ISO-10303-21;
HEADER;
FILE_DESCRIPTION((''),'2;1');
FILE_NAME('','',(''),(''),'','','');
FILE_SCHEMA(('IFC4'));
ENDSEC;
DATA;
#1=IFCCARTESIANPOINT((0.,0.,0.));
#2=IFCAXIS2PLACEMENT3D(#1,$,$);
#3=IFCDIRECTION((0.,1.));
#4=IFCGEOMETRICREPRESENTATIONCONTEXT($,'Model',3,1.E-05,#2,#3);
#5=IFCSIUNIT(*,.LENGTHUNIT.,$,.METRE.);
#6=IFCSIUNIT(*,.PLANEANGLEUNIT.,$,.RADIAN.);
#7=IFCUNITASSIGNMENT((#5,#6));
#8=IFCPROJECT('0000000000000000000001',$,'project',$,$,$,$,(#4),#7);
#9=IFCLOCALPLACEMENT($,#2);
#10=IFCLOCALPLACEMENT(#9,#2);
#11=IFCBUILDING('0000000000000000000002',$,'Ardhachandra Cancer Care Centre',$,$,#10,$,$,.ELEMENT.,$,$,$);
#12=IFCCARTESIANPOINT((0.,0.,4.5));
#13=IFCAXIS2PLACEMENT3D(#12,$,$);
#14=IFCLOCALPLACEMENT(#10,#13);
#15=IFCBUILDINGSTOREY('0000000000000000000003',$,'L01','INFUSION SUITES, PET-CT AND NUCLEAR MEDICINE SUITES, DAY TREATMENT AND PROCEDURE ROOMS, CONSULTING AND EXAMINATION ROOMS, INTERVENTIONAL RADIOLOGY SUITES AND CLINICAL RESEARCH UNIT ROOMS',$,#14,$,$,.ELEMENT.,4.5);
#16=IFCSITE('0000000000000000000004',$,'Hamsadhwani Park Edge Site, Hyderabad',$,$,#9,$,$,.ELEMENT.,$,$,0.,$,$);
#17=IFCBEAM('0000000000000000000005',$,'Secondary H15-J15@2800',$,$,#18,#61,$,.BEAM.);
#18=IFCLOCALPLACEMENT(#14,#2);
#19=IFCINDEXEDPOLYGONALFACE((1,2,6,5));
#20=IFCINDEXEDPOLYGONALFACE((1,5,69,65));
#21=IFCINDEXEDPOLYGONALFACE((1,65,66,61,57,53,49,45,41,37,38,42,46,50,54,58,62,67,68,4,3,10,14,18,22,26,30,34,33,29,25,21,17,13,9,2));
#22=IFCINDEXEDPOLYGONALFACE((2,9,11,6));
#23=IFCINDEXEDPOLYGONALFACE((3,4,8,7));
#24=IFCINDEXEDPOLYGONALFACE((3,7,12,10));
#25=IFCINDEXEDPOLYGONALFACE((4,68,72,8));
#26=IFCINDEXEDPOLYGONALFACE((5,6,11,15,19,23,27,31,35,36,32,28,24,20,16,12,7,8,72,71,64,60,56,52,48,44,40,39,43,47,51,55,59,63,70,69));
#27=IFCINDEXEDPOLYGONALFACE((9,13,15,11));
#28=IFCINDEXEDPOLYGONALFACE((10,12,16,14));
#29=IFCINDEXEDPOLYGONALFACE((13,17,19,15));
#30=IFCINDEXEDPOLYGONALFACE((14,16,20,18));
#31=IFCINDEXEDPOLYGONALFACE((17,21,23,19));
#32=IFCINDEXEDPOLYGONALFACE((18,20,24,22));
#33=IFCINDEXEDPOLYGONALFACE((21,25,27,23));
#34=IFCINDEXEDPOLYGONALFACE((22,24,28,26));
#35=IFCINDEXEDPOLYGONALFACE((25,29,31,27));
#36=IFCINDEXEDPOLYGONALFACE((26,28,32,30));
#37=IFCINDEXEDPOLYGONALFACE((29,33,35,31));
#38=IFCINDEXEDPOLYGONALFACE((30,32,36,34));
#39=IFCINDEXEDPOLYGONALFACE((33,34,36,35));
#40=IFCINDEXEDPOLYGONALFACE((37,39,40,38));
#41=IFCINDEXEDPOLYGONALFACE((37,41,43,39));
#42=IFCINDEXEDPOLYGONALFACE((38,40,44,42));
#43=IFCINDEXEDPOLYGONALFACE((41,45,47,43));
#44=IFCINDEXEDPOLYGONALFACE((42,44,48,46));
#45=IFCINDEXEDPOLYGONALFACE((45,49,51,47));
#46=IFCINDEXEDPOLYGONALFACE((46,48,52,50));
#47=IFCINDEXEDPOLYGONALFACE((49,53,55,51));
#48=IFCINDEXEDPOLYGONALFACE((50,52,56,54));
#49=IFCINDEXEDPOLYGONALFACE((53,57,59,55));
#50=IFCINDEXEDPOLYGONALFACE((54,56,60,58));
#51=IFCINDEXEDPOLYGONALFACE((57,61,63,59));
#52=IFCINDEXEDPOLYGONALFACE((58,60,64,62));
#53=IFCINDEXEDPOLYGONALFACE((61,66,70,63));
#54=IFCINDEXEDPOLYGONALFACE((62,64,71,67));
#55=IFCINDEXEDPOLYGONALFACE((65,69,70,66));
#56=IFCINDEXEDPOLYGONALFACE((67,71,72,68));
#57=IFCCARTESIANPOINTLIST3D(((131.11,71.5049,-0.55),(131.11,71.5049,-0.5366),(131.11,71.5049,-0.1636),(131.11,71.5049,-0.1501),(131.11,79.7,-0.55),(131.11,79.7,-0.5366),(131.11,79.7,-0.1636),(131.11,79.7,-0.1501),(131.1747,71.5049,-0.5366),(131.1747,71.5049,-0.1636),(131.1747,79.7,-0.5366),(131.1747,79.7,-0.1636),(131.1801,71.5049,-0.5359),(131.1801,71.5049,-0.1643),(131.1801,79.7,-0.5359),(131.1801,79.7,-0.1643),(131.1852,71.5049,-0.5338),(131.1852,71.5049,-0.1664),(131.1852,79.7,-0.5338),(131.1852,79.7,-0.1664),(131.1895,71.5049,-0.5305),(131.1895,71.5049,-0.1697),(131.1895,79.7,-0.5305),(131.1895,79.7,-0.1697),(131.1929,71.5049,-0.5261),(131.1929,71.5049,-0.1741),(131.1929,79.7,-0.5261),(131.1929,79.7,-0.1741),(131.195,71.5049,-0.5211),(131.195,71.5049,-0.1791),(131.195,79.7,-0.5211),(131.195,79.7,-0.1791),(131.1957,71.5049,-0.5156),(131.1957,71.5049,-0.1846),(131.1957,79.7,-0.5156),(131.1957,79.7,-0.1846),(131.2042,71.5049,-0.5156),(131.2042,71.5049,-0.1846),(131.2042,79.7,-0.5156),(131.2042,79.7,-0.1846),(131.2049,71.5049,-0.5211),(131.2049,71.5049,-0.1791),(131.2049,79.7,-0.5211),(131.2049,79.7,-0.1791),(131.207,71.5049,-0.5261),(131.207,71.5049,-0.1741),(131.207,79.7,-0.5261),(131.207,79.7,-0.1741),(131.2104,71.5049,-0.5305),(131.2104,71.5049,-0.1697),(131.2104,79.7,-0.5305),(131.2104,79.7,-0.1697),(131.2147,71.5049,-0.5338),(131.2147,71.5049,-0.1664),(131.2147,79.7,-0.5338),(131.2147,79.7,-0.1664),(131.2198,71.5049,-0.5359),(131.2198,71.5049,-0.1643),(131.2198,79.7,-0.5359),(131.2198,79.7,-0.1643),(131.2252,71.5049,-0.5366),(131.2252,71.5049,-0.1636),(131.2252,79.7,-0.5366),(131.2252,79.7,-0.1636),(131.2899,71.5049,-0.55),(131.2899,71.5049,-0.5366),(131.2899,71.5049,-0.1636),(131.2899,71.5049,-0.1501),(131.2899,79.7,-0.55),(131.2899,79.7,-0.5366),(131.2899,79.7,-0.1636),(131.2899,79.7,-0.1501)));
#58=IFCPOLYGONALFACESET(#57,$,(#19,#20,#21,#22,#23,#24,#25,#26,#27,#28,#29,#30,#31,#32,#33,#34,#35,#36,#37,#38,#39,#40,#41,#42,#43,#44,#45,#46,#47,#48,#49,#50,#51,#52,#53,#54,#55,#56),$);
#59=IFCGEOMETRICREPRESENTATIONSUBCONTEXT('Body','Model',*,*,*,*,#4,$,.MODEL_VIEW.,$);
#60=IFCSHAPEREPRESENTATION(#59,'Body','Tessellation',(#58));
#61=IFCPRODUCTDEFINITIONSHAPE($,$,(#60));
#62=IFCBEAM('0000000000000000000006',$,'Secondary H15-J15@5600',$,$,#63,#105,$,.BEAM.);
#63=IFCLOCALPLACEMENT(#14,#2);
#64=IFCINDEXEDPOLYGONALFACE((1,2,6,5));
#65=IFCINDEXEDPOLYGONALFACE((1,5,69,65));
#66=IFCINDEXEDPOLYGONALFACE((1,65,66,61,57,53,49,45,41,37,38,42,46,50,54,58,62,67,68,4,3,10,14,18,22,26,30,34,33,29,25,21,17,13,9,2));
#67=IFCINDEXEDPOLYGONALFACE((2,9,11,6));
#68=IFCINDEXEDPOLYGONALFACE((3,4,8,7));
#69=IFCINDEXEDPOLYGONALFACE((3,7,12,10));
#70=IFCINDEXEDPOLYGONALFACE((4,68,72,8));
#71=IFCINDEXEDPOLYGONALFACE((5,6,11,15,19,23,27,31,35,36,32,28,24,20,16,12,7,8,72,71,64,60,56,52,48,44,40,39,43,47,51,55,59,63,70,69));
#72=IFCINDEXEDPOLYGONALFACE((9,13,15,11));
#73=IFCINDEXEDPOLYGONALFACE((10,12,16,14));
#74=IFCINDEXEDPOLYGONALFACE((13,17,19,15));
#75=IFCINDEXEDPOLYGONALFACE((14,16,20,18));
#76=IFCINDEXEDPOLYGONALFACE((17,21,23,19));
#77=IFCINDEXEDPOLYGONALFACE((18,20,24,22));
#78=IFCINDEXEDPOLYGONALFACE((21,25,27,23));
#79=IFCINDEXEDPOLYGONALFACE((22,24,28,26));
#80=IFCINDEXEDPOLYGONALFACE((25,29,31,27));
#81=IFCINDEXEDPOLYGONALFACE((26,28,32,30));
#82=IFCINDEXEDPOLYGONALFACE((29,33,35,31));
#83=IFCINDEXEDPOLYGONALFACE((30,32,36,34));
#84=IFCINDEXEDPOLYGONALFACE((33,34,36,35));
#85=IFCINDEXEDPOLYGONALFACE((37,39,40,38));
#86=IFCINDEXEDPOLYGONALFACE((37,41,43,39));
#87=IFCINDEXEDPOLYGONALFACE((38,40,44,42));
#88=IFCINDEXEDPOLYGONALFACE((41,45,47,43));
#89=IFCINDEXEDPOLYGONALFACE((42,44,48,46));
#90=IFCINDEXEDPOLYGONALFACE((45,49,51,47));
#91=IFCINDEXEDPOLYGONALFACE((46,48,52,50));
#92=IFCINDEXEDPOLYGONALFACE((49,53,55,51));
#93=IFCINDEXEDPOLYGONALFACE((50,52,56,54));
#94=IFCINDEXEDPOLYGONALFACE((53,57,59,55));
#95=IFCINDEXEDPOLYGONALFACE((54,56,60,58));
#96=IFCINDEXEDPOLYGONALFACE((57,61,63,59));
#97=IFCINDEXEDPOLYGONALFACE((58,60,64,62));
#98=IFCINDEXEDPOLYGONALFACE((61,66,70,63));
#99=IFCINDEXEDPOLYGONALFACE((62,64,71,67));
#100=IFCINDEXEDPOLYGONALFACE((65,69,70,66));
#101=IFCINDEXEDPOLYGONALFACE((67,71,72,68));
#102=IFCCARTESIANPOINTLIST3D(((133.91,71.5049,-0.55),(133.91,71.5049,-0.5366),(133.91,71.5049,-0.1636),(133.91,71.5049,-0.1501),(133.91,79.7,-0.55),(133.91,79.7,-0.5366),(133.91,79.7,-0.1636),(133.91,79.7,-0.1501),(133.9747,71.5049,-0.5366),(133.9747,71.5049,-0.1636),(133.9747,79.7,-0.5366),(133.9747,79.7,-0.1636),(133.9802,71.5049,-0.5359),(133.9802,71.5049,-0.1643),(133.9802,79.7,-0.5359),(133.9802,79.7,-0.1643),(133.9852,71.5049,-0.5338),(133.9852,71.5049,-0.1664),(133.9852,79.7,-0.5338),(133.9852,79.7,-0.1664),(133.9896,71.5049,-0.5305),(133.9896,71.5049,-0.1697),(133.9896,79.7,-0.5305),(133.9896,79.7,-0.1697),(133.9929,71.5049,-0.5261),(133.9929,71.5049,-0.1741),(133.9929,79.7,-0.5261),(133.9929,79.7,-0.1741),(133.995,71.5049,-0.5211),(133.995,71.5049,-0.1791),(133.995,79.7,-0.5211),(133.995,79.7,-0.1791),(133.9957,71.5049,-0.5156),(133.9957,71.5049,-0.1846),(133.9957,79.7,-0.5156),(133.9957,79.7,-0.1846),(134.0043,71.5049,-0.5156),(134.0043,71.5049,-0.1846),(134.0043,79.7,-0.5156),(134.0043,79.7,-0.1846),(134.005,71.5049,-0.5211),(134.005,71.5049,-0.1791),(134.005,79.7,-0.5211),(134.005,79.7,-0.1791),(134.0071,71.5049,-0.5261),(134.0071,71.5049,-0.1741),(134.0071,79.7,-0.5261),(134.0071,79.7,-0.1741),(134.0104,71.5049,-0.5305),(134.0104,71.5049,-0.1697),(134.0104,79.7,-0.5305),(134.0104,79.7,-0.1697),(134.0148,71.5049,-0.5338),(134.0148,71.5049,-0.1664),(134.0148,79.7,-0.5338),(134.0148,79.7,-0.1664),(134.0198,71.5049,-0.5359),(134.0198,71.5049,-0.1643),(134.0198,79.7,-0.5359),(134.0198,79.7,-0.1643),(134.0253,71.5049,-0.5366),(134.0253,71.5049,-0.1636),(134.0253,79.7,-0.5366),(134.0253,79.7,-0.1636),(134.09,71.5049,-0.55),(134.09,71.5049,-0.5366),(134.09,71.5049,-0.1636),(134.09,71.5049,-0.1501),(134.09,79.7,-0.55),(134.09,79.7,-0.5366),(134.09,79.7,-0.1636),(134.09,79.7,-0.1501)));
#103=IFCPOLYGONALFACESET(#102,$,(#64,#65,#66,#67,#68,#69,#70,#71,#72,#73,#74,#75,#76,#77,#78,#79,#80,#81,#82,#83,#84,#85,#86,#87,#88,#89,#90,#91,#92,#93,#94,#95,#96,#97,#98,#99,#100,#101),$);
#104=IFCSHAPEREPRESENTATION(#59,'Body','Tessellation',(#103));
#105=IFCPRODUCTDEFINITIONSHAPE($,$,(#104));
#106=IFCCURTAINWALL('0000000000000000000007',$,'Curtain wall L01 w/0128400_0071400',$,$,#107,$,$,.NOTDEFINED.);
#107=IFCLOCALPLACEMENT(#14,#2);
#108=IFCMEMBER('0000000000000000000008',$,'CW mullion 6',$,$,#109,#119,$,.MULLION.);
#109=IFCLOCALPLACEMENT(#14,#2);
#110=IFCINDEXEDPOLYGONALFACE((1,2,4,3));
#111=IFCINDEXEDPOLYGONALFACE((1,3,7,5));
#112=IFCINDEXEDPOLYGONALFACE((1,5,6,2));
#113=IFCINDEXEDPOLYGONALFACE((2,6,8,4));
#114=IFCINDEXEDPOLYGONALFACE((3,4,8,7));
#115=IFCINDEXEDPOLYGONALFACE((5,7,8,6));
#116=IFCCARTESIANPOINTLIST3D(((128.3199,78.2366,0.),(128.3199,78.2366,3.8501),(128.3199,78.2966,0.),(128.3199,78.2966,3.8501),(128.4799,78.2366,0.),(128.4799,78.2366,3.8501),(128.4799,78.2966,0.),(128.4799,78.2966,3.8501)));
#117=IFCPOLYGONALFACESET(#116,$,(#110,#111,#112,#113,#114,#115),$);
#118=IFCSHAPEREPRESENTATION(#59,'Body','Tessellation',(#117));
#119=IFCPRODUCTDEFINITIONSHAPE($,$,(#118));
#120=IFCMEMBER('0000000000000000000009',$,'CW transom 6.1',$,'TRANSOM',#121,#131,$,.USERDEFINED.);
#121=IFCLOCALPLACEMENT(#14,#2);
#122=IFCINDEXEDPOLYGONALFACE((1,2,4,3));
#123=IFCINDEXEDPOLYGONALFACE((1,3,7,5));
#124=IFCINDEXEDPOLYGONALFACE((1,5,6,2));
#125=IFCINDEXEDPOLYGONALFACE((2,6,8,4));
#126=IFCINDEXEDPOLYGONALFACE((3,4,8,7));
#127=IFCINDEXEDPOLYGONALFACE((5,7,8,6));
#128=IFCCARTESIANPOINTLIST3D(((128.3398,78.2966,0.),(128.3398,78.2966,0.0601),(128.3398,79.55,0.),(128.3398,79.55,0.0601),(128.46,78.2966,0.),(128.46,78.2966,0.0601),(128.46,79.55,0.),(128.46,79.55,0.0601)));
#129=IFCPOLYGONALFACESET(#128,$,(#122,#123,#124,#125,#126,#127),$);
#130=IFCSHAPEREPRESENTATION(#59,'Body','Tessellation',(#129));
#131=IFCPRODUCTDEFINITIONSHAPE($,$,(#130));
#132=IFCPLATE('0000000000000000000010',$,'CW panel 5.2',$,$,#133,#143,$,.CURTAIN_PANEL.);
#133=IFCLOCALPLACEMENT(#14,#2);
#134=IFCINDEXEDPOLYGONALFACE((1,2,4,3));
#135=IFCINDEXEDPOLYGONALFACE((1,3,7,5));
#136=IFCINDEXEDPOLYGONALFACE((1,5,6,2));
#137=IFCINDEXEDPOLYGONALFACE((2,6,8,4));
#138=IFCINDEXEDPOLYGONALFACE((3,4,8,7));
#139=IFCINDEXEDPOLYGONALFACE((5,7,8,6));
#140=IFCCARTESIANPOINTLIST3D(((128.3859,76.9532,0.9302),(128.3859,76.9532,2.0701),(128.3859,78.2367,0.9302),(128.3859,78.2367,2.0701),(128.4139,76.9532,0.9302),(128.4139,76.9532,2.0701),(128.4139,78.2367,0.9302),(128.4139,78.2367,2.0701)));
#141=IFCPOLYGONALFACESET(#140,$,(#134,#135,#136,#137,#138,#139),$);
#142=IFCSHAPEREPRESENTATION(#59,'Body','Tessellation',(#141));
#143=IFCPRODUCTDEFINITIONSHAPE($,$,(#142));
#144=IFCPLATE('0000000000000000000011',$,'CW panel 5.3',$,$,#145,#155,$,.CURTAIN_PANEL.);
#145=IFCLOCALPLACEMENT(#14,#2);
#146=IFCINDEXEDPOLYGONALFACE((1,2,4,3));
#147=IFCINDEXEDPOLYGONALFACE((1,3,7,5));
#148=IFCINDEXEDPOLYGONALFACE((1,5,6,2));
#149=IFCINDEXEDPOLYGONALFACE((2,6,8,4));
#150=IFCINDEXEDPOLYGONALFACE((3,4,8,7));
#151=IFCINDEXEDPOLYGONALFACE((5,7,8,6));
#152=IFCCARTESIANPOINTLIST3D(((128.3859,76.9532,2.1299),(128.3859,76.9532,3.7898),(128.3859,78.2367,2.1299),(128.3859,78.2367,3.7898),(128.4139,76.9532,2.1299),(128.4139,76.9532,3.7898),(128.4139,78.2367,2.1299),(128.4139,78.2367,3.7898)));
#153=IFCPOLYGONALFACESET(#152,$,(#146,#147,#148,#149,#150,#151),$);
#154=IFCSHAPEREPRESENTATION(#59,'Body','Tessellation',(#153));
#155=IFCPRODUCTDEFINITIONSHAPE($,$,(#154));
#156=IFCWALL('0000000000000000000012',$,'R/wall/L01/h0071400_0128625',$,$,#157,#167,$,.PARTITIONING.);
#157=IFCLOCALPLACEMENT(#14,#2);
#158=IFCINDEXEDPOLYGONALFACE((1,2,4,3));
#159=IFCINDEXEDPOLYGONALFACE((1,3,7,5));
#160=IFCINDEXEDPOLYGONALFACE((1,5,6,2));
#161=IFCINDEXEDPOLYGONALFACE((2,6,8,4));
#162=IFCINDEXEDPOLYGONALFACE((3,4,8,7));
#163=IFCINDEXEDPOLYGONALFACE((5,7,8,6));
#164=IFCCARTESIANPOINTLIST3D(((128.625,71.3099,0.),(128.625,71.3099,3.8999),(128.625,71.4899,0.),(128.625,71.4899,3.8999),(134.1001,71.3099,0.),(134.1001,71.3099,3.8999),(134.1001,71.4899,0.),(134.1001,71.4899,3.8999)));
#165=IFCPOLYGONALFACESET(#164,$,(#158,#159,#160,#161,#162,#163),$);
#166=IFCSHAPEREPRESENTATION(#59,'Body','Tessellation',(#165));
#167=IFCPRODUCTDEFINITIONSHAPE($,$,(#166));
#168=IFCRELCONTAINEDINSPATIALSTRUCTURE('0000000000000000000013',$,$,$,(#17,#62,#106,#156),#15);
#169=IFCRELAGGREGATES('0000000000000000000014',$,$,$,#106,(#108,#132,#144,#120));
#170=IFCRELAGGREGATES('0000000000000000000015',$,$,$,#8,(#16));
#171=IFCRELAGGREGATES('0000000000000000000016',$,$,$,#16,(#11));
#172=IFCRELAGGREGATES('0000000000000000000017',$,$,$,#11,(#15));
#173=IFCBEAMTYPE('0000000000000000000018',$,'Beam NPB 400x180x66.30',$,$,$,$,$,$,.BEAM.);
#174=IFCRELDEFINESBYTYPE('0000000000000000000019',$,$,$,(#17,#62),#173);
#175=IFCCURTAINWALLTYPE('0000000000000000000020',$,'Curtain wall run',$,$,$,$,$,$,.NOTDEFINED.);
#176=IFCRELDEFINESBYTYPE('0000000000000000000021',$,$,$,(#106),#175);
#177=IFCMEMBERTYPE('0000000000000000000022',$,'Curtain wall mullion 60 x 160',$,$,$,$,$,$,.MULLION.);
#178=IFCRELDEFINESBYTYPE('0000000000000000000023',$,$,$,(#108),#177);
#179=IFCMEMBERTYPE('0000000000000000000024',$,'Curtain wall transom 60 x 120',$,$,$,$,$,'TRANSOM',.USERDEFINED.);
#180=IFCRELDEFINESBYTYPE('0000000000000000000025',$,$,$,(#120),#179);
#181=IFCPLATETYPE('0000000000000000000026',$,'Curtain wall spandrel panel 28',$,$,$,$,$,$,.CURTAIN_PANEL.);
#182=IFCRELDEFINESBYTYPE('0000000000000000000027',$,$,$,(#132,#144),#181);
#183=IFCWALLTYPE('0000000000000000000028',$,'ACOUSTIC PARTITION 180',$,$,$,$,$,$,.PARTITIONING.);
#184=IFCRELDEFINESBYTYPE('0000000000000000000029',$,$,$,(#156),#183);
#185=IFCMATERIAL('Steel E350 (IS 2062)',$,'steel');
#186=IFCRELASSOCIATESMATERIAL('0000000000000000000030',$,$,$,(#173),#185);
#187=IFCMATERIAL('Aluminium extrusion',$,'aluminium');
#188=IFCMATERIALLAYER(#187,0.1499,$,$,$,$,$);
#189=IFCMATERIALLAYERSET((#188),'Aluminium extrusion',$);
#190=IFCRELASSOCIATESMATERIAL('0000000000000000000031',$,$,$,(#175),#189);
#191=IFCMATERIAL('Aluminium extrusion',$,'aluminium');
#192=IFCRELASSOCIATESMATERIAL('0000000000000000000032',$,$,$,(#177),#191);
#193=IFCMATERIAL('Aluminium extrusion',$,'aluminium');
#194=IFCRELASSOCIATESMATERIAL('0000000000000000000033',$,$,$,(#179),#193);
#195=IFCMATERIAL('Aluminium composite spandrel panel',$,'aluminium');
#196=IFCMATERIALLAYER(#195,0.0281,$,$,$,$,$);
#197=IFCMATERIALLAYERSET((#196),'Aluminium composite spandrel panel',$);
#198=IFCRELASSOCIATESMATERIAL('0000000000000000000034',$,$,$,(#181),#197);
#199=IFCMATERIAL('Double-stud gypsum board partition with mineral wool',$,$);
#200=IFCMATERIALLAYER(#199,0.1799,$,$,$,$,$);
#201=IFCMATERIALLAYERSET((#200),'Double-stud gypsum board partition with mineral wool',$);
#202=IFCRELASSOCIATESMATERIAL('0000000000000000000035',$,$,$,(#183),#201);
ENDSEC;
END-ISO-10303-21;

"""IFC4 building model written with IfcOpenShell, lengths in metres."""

from ifc_helpers import new_model, si_unit, direction, frame, frame_2d, origin, origin_2d, place, context, subcontext, project, spatial, rectangle, i_section, extrude, material, layer, layer_set, material_profile, profile_set, type_object, element, aggregate, save


model = new_model("IFC4")

# Units and contexts
model_context = context("Model", 3, precision=1e-05, world=origin(), true_north=direction((0.0, 1.0)))
body_context = subcontext(model_context, "Body", "Model", "MODEL_VIEW")
ifc_project = project(units=[si_unit("LENGTHUNIT", "METRE"), si_unit("PLANEANGLEUNIT", "RADIAN")], contexts=[model_context])

# Site, building, storey
site_placement = place(None, origin())
site = spatial("IfcSite", under=ifc_project, at=site_placement, Name="Hamsadhwani Park Edge Site, Hyderabad", CompositionType="ELEMENT", RefElevation=0.0)
building_placement = place(site_placement, origin())
building = spatial("IfcBuilding", under=site, at=building_placement, Name="Ardhachandra Cancer Care Centre", CompositionType="ELEMENT")
storey_placement = place(building_placement, frame((0.0, 0.0, 4.5)))
storey = spatial("IfcBuildingStorey", under=building, at=storey_placement, Name="L01", Description="INFUSION SUITES, PET-CT AND NUCLEAR MEDICINE SUITES, DAY TREATMENT AND PROCEDURE ROOMS, CONSULTING AND EXAMINATION ROOMS, INTERVENTIONAL RADIOLOGY SUITES AND CLINICAL RESEARCH UNIT ROOMS", CompositionType="ELEMENT", Elevation=4.5)

# Beams
ifc_material_1 = material(Name="Steel E350 (IS 2062)", Category="steel")
ifc_material_profile_1 = material_profile(ifc_material_1, i_section(OverallWidth=0.1799, OverallDepth=0.3999, WebThickness=0.0085, FlangeThickness=0.0134, FilletRadius=0.021, at=origin_2d()), Name="NPB 400x180x66.30")
ifc_profile_set_1 = profile_set([ifc_material_profile_1], Name="Steel E350 (IS 2062)")
beam_type = type_object("IfcBeamType", Name="Beam NPB 400x180x66.30", PredefinedType="BEAM", material=ifc_profile_set_1)
for number, where, z_axis, x_axis, name in (
    (1, (131.2, 71.5049, -0.3501), (0.0, 1.0, 0.0), (-1.0, 0.0, 0.0), "Secondary H15-J15@2800"),
    (2, (134.0, 71.5049, -0.3501), (0.0, 1.0, 0.0), (-1.0, 0.0, 0.0), "Secondary H15-J15@5600"),
):
    element("IfcBeam", number, at=place(storey_placement, frame(where, z_axis=z_axis, x_axis=x_axis)), inside=storey, type_object=beam_type, Name=name, PredefinedType="BEAM", context=body_context, shape_type="SweptSolid", body=[
        extrude(i_section(OverallWidth=0.1799, OverallDepth=0.3999, WebThickness=0.0085, FlangeThickness=0.0134, FilletRadius=0.021, at=origin_2d()), origin(), (0.0, 0.0, 1.0), 8.1951),
    ])

# Curtain wall, members, plates
ifc_material_2 = material(Name="Aluminium extrusion", Category="aluminium")
ifc_layer_1 = layer(ifc_material_2, 0.1499)
ifc_layer_set_1 = layer_set([ifc_layer_1], Name="Aluminium extrusion")
curtain_wall_type = type_object("IfcCurtainWallType", Name="Curtain wall run", PredefinedType="NOTDEFINED", material=ifc_layer_set_1)
curtain_wall_placement = place(storey_placement, origin())
curtain_wall = element("IfcCurtainWall", 3, at=curtain_wall_placement, inside=storey, type_object=curtain_wall_type, Name="Curtain wall L01 w/0128400_0071400", PredefinedType="NOTDEFINED")
ifc_material_3 = material(Name="Aluminium extrusion", Category="aluminium")
ifc_material_profile_2 = material_profile(ifc_material_3, rectangle(XDim=0.1599, YDim=0.0601, at=origin_2d()), Name="Curtain wall mullion 60 x 160")
ifc_profile_set_2 = profile_set([ifc_material_profile_2], Name="Aluminium extrusion")
member_type_1 = type_object("IfcMemberType", Name="Curtain wall mullion 60 x 160", PredefinedType="MULLION", material=ifc_profile_set_2)
member_1_placement = place(storey_placement, frame((128.3999, 78.2666, 0.0), z_axis=(0.0, 0.0, 1.0), x_axis=(-1.0, 0.0, 0.0)))
member_1 = element("IfcMember", 4, at=member_1_placement, type_object=member_type_1, Name="CW mullion 6", PredefinedType="MULLION", context=body_context, shape_type="SweptSolid", body=[
    extrude(rectangle(XDim=0.1599, YDim=0.0601, at=origin_2d()), origin(), (0.0, 0.0, 1.0), 3.8501),
])
ifc_material_4 = material(Name="Aluminium extrusion", Category="aluminium")
ifc_material_profile_3 = material_profile(ifc_material_4, rectangle(XDim=0.1201, YDim=0.0601, at=origin_2d()), Name="Curtain wall transom 60 x 120")
ifc_profile_set_3 = profile_set([ifc_material_profile_3], Name="Aluminium extrusion")
member_type_2 = type_object("IfcMemberType", Name="Curtain wall transom 60 x 120", ElementType="TRANSOM", PredefinedType="USERDEFINED", material=ifc_profile_set_3)
member_2_placement = place(storey_placement, frame((128.3999, 78.2966, 0.03), z_axis=(0.0, 1.0, 0.0), x_axis=(-1.0, 0.0, 0.0)))
member_2 = element("IfcMember", 5, at=member_2_placement, type_object=member_type_2, Name="CW transom 6.1", ObjectType="TRANSOM", PredefinedType="USERDEFINED", context=body_context, shape_type="SweptSolid", body=[
    extrude(rectangle(XDim=0.1201, YDim=0.0601, at=origin_2d()), origin(), (0.0, 0.0, 1.0), 1.2534),
])
ifc_material_5 = material(Name="Aluminium composite spandrel panel", Category="aluminium")
ifc_layer_2 = layer(ifc_material_5, 0.0281)
ifc_layer_set_2 = layer_set([ifc_layer_2], Name="Aluminium composite spandrel panel")
plate_type = type_object("IfcPlateType", Name="Curtain wall spandrel panel 28", PredefinedType="CURTAIN_PANEL", material=ifc_layer_set_2)
plate_1_placement = place(storey_placement, frame((128.3999, 77.595, 0.9302), z_axis=(0.0, 0.0, 1.0), x_axis=(0.0, 1.0, 0.0)))
plate_1 = element("IfcPlate", 6, at=plate_1_placement, type_object=plate_type, Name="CW panel 5.2", PredefinedType="CURTAIN_PANEL", context=body_context, shape_type="SweptSolid", body=[
    extrude(rectangle(XDim=1.2834, YDim=0.0281, at=origin_2d()), origin(), (0.0, 0.0, 1.0), 1.1399),
])
plate_2_placement = place(storey_placement, frame((128.3999, 77.595, 2.1299), z_axis=(0.0, 0.0, 1.0), x_axis=(0.0, 1.0, 0.0)))
plate_2 = element("IfcPlate", 7, at=plate_2_placement, type_object=plate_type, Name="CW panel 5.3", PredefinedType="CURTAIN_PANEL", context=body_context, shape_type="SweptSolid", body=[
    extrude(rectangle(XDim=1.2834, YDim=0.0281, at=origin_2d()), origin(), (0.0, 0.0, 1.0), 1.6599),
])
aggregate(curtain_wall, [member_1, plate_1, plate_2, member_2])

# Wall
ifc_material_6 = material(Name="Double-stud gypsum board partition with mineral wool")
ifc_layer_3 = layer(ifc_material_6, 0.1799)
ifc_layer_set_3 = layer_set([ifc_layer_3], Name="Double-stud gypsum board partition with mineral wool")
wall_type_1 = type_object("IfcWallType", Name="ACOUSTIC PARTITION 180", PredefinedType="PARTITIONING", material=ifc_layer_set_3)
wall_1_placement = place(storey_placement, frame((128.625, 71.3999, 0.0), z_axis=(0.0, 0.0, 1.0), x_axis=(1.0, 0.0, 0.0)))
element("IfcWall", 8, at=wall_1_placement, inside=storey, type_object=wall_type_1, Name="R/wall/L01/h0071400_0128625", PredefinedType="PARTITIONING", context=body_context, shape_type="SweptSolid", body=[
    extrude(rectangle(XDim=5.4751, YDim=0.1799, at=frame_2d((2.7375, 0.0))), origin(), (0.0, 0.0, 1.0), 3.8999),
])

save(model, "model.ifc")
